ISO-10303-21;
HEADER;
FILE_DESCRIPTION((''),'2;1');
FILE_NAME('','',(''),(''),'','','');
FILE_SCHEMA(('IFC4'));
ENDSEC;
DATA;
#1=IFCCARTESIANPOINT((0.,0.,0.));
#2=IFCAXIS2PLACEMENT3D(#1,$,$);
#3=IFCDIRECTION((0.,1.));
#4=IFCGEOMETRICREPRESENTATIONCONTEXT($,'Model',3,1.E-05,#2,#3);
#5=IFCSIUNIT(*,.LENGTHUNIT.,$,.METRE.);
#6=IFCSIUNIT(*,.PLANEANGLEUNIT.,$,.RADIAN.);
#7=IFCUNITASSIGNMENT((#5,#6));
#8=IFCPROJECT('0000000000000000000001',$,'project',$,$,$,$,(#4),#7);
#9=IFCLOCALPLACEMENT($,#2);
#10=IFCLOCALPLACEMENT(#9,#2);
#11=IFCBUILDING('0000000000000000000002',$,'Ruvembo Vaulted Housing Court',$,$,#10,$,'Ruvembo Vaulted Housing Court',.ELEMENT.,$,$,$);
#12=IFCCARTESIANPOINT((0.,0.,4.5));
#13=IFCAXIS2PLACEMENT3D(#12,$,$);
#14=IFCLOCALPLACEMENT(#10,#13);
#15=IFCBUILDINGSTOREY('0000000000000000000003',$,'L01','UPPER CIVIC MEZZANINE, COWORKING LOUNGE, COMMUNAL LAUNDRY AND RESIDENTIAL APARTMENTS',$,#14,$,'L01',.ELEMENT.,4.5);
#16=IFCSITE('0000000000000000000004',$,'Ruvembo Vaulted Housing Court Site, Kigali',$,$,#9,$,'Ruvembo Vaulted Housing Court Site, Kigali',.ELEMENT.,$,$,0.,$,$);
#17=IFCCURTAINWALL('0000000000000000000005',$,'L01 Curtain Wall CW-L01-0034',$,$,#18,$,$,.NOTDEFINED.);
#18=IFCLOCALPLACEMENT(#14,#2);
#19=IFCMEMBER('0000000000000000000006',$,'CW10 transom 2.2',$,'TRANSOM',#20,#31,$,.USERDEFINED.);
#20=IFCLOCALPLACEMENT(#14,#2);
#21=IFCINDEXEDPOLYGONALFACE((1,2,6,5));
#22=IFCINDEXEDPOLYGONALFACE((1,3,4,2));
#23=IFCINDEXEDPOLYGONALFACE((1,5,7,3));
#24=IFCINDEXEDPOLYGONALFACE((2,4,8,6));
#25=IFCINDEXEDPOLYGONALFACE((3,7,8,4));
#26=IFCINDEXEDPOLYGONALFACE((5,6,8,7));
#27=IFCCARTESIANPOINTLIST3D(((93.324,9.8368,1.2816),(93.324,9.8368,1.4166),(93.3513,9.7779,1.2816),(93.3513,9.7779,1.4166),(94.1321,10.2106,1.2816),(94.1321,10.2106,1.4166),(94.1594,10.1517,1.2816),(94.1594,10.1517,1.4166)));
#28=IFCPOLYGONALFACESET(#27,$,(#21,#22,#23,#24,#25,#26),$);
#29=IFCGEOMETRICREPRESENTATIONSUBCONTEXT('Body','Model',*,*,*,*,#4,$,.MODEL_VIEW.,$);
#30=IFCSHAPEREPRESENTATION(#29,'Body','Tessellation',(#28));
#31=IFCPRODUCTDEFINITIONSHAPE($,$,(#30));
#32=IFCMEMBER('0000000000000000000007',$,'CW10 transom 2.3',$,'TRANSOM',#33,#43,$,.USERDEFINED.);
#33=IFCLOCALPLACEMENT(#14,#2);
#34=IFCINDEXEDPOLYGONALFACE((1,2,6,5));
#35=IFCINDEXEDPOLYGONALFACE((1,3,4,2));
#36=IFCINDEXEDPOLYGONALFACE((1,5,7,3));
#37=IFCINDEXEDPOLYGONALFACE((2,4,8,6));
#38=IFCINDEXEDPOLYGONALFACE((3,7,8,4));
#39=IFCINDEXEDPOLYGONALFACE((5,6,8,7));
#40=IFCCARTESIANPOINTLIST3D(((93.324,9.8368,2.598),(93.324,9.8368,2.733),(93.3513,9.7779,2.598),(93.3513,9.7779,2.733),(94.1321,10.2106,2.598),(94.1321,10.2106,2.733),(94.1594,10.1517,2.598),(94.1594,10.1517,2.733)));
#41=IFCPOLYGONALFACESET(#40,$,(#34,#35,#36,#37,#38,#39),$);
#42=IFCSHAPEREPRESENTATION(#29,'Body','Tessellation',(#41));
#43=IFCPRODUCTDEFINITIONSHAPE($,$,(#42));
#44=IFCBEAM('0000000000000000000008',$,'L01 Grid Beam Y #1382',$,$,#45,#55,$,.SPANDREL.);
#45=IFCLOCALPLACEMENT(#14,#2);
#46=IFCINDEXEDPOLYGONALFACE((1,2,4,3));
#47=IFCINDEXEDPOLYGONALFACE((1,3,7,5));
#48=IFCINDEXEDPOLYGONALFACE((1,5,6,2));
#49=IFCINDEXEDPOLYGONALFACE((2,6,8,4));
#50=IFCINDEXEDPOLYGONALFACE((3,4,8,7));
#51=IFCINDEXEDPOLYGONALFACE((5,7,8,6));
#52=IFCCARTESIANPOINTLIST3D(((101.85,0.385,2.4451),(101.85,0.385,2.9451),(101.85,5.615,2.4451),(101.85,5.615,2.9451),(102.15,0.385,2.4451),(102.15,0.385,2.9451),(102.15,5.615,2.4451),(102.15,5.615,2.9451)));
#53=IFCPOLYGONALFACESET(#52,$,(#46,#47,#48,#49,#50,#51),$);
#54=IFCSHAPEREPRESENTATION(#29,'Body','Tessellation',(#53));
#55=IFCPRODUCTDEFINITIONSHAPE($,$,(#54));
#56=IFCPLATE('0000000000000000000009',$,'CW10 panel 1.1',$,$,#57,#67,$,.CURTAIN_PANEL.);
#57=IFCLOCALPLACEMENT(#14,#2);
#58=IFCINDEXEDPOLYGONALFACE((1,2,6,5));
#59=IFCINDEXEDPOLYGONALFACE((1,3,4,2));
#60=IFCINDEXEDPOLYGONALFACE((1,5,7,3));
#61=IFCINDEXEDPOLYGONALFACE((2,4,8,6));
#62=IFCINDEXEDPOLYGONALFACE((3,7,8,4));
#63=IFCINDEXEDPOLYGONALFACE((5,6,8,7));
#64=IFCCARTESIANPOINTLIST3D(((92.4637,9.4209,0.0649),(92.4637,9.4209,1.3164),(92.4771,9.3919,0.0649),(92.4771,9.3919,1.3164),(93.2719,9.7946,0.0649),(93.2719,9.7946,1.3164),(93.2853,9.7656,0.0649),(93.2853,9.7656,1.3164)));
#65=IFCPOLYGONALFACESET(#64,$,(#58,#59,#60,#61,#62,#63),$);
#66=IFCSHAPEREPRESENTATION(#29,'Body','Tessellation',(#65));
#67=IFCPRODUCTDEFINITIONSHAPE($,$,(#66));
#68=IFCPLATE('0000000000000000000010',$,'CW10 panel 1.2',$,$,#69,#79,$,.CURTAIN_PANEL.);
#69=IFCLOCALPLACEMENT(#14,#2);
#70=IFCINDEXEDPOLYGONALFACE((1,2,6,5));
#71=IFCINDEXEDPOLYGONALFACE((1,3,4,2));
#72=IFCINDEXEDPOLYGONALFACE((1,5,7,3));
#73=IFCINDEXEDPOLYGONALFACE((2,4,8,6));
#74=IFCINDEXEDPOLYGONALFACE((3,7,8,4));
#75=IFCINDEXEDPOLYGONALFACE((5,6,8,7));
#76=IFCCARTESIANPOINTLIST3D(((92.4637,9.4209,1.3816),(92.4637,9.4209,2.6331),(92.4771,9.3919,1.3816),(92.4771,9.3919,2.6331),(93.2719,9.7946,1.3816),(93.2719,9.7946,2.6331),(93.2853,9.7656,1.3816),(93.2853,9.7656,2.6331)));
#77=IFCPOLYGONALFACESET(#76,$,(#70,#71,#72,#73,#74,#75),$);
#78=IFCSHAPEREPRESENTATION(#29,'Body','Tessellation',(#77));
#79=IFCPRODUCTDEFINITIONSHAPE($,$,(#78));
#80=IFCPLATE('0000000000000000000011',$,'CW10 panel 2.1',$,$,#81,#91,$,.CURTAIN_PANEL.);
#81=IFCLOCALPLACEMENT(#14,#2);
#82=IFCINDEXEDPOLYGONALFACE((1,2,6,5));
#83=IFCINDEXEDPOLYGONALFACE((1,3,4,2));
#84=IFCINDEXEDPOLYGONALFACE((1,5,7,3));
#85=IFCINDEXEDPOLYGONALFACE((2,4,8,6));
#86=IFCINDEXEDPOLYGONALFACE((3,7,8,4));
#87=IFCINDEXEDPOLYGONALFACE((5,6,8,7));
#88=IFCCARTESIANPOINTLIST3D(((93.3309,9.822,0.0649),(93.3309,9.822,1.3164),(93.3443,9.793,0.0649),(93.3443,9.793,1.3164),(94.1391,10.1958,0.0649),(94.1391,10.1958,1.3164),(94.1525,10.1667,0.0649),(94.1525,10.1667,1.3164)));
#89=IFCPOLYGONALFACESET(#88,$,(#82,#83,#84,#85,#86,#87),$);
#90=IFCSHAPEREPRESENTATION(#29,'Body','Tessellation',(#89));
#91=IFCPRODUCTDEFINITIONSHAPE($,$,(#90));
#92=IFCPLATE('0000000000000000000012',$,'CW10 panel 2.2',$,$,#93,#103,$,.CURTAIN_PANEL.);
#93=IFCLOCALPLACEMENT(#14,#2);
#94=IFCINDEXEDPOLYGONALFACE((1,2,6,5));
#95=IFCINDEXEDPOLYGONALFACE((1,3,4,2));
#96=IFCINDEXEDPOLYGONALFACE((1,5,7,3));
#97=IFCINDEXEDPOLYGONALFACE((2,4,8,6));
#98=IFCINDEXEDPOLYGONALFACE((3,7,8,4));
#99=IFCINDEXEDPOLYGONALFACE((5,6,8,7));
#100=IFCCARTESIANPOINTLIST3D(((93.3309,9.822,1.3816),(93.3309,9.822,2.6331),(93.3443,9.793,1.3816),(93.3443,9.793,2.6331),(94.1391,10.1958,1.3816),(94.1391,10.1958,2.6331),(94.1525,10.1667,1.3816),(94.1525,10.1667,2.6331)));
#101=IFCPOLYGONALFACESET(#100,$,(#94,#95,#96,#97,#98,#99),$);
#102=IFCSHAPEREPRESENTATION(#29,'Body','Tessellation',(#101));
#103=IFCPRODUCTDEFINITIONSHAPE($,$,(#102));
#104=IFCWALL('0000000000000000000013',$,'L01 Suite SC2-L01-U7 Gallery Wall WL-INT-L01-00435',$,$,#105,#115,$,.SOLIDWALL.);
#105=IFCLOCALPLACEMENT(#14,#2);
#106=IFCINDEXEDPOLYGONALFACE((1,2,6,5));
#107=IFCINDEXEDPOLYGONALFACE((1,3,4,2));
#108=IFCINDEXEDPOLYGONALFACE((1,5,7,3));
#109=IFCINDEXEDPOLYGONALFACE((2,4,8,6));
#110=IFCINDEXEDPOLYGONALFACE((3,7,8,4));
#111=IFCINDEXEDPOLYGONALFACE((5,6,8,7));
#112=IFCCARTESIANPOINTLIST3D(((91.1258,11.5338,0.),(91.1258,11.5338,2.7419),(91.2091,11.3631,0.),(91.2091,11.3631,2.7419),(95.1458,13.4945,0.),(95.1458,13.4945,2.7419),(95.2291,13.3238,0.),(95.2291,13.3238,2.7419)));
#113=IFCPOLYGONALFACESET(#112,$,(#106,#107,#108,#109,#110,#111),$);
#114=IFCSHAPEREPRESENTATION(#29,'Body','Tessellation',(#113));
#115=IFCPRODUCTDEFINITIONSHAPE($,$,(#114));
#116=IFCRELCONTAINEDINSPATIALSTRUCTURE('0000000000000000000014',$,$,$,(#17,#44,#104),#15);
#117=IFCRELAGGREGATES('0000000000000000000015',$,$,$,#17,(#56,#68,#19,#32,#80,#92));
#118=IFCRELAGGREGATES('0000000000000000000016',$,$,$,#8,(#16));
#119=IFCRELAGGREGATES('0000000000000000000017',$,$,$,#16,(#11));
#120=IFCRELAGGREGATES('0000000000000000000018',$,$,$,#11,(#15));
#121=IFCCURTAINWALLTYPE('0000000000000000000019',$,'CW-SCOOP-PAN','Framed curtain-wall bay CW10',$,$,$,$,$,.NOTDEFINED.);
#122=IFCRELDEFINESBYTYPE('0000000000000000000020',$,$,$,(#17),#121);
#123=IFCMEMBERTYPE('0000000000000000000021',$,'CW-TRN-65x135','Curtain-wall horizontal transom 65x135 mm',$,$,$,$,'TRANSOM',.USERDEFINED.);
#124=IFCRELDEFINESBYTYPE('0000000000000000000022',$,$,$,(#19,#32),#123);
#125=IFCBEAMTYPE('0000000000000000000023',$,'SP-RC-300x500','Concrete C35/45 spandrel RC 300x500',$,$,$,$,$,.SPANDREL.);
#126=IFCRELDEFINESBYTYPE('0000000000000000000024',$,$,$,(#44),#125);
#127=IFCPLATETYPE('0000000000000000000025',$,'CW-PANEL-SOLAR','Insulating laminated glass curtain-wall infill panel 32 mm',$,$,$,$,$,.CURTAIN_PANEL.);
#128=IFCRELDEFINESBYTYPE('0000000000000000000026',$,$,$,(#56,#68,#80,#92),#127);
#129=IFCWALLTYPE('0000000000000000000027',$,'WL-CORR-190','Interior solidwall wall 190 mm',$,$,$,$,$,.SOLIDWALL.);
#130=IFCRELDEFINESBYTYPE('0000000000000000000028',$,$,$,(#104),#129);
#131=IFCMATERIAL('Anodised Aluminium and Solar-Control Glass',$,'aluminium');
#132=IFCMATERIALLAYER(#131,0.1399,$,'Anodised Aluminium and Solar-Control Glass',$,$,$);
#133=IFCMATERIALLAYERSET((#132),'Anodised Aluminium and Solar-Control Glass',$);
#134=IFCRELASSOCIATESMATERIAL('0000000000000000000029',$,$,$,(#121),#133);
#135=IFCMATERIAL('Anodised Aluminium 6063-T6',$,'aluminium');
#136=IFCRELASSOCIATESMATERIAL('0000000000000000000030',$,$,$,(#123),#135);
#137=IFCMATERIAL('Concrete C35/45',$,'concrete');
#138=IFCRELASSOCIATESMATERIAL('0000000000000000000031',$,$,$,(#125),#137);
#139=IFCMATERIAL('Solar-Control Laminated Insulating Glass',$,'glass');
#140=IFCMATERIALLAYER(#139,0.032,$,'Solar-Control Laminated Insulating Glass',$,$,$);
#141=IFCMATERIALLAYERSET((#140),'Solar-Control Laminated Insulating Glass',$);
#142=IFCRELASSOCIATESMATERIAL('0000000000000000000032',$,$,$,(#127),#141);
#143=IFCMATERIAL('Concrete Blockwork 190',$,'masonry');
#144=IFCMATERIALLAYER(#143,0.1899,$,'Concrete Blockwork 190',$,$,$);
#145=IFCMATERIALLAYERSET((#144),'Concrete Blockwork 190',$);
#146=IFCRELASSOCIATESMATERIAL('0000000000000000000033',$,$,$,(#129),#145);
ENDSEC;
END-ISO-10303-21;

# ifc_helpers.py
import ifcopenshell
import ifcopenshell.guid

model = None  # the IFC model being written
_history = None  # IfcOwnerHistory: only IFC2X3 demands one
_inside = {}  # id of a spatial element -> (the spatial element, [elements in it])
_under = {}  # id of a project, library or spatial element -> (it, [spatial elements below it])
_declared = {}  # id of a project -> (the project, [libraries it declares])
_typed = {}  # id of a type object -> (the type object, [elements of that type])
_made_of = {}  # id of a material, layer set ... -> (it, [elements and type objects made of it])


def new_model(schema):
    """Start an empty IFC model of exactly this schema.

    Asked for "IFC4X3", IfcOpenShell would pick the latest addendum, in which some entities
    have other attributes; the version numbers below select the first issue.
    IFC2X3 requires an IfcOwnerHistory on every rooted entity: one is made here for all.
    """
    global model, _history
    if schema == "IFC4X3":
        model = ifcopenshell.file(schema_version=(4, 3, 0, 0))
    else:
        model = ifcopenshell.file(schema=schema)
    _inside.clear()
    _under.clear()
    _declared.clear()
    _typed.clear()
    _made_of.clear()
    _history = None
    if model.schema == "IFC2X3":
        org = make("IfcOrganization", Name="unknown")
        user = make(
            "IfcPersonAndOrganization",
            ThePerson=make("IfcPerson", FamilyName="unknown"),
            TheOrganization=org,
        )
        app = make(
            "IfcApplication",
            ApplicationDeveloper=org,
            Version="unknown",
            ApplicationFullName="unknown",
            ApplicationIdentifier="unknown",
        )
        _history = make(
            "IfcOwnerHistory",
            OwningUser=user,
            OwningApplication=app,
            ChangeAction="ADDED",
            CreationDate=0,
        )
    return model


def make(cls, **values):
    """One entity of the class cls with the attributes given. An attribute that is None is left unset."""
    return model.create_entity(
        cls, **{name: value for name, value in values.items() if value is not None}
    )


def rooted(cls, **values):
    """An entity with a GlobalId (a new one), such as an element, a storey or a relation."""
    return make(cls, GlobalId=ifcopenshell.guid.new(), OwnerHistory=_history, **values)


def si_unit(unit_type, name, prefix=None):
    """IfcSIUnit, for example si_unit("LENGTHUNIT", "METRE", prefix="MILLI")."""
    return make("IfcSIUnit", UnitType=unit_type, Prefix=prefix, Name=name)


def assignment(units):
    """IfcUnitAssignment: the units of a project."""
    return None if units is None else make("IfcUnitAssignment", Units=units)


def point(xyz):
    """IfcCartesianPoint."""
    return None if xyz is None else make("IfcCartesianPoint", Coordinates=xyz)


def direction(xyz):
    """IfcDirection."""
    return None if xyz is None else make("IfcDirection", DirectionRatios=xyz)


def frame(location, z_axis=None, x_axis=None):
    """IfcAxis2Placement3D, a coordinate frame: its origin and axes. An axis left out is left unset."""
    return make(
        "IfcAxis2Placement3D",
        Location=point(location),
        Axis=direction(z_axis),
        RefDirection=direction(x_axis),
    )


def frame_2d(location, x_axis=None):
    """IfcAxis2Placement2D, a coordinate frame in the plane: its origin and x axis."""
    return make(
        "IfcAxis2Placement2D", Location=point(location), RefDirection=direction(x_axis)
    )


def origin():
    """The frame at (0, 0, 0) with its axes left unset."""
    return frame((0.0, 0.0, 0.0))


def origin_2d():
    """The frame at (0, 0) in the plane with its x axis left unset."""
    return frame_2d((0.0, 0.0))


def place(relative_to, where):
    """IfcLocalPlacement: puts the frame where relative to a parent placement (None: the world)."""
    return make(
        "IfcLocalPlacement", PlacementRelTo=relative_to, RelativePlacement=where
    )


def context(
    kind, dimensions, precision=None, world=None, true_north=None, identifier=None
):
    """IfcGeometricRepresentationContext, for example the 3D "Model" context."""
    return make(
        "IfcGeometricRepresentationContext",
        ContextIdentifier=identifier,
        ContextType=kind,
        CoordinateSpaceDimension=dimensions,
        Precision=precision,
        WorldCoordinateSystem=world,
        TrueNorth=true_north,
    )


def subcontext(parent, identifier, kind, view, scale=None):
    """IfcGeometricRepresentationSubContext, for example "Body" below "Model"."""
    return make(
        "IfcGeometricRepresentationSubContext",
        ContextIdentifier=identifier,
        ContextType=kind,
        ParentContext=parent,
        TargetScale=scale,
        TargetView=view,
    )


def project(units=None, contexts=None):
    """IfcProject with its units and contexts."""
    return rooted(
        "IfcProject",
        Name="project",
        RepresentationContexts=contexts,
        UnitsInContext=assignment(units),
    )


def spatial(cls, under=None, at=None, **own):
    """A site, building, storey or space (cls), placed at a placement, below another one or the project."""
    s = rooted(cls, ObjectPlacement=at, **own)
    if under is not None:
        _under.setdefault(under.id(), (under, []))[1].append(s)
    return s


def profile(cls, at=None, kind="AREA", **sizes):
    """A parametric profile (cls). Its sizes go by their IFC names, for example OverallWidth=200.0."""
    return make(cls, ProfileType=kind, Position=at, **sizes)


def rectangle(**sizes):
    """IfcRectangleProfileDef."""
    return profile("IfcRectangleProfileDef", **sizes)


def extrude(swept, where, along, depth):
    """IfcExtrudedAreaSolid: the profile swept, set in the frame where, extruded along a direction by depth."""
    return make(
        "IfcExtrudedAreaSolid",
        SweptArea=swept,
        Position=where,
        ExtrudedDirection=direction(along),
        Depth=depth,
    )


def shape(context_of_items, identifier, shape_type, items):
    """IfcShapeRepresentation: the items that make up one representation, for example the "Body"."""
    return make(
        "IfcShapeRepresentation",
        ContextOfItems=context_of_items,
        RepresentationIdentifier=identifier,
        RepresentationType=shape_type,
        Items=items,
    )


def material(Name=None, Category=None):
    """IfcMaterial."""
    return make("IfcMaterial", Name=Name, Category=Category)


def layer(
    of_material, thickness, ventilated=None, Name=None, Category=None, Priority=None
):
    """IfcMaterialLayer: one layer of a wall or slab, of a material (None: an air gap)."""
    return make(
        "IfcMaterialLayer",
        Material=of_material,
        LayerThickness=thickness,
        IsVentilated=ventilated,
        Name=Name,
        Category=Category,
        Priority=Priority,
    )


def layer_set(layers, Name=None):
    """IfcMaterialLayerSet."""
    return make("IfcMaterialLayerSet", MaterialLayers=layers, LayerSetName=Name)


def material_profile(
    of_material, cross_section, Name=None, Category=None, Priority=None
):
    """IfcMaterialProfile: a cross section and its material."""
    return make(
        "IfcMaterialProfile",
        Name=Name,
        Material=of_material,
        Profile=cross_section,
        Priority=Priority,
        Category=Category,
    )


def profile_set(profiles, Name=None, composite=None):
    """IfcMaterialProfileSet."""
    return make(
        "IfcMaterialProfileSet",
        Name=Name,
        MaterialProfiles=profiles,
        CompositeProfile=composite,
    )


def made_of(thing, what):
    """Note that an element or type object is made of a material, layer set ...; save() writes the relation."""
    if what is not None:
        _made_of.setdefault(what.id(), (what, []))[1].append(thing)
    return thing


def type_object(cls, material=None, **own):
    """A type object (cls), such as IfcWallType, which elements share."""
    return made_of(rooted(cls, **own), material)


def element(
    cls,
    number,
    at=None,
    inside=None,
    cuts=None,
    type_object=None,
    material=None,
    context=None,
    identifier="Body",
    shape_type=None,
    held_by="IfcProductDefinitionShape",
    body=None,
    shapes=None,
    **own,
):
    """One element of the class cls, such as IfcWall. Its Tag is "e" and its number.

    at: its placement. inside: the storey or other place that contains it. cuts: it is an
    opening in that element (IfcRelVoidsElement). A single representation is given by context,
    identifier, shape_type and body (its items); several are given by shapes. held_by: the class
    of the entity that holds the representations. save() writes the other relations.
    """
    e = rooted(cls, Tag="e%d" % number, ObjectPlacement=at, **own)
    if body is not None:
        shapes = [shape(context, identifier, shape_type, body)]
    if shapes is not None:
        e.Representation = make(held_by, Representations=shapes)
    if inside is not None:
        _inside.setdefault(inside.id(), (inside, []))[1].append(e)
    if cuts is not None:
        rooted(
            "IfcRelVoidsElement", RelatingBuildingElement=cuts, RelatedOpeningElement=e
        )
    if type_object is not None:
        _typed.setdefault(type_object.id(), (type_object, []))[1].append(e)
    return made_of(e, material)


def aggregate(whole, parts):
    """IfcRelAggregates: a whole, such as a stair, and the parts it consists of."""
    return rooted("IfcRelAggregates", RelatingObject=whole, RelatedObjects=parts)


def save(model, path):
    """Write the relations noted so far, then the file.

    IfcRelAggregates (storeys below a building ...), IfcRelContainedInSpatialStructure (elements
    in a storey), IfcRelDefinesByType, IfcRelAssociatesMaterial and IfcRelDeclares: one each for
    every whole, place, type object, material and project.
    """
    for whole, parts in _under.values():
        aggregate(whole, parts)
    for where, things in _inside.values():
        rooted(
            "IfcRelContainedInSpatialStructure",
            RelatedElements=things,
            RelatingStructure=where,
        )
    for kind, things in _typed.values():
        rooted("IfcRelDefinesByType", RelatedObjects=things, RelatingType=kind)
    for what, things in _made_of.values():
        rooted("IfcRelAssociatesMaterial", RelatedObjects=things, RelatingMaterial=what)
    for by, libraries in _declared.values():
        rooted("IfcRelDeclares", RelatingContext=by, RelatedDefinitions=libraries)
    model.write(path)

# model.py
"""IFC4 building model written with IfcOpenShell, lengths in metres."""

from ifc_helpers import new_model, si_unit, direction, frame, frame_2d, origin, origin_2d, place, context, subcontext, project, spatial, rectangle, extrude, material, layer, layer_set, material_profile, profile_set, type_object, element, aggregate, save


model = new_model("IFC4")

# Units and contexts
model_context = context("Model", 3, precision=1e-05, world=origin(), true_north=direction((0.0, 1.0)))
body_context = subcontext(model_context, "Body", "Model", "MODEL_VIEW")
ifc_project = project(units=[si_unit("LENGTHUNIT", "METRE"), si_unit("PLANEANGLEUNIT", "RADIAN")], contexts=[model_context])

# Site, building, storey
site_placement = place(None, origin())
site = spatial("IfcSite", under=ifc_project, at=site_placement, Name="Ruvembo Vaulted Housing Court Site, Kigali", LongName="Ruvembo Vaulted Housing Court Site, Kigali", CompositionType="ELEMENT", RefElevation=0.0)
building_placement = place(site_placement, origin())
building = spatial("IfcBuilding", under=site, at=building_placement, Name="Ruvembo Vaulted Housing Court", LongName="Ruvembo Vaulted Housing Court", CompositionType="ELEMENT")
storey_placement = place(building_placement, frame((0.0, 0.0, 4.5)))
storey = spatial("IfcBuildingStorey", under=building, at=storey_placement, Name="L01", Description="UPPER CIVIC MEZZANINE, COWORKING LOUNGE, COMMUNAL LAUNDRY AND RESIDENTIAL APARTMENTS", LongName="L01", CompositionType="ELEMENT", Elevation=4.5)

# Curtain wall, members
ifc_material_1 = material(Name="Anodised Aluminium and Solar-Control Glass", Category="aluminium")
ifc_layer_1 = layer(ifc_material_1, 0.1399, Name="Anodised Aluminium and Solar-Control Glass")
ifc_layer_set_1 = layer_set([ifc_layer_1], Name="Anodised Aluminium and Solar-Control Glass")
curtain_wall_type = type_object("IfcCurtainWallType", Name="CW-SCOOP-PAN", Description="Framed curtain-wall bay CW10", PredefinedType="NOTDEFINED", material=ifc_layer_set_1)
curtain_wall_placement = place(storey_placement, origin())
curtain_wall = element("IfcCurtainWall", 1, at=curtain_wall_placement, inside=storey, type_object=curtain_wall_type, Name="L01 Curtain Wall CW-L01-0034", PredefinedType="NOTDEFINED")
ifc_material_2 = material(Name="Anodised Aluminium 6063-T6", Category="aluminium")
ifc_material_profile_1 = material_profile(ifc_material_2, rectangle(XDim=0.0649, YDim=0.135, at=origin_2d()), Name="ALU 65x135")
ifc_profile_set_1 = profile_set([ifc_material_profile_1], Name="Anodised Aluminium 6063-T6")
member_type_1 = type_object("IfcMemberType", Name="CW-TRN-65x135", Description="Curtain-wall horizontal transom 65x135 mm", ElementType="TRANSOM", PredefinedType="USERDEFINED", material=ifc_profile_set_1)
member_1_placement = place(storey_placement, frame((93.3376, 9.8074, 1.3491), z_axis=(0.907614, 0.419806, 0.0), x_axis=(-0.419806, 0.907614, 0.0)))
member_1 = element("IfcMember", 2, at=member_1_placement, type_object=member_type_1, Name="CW10 transom 2.2", ObjectType="TRANSOM", PredefinedType="USERDEFINED", context=body_context, shape_type="SweptSolid", body=[
    extrude(rectangle(XDim=0.0649, YDim=0.135, at=origin_2d()), origin(), (0.0, 0.0, 1.0), 0.8904),
])
member_2_placement = place(storey_placement, frame((93.3376, 9.8074, 2.6655), z_axis=(0.907614, 0.419806, 0.0), x_axis=(-0.419806, 0.907614, 0.0)))
member_2 = element("IfcMember", 3, at=member_2_placement, type_object=member_type_1, Name="CW10 transom 2.3", ObjectType="TRANSOM", PredefinedType="USERDEFINED", context=body_context, shape_type="SweptSolid", body=[
    extrude(rectangle(XDim=0.0649, YDim=0.135, at=origin_2d()), origin(), (0.0, 0.0, 1.0), 0.8904),
])

# Beam
ifc_material_3 = material(Name="Concrete C35/45", Category="concrete")
ifc_material_profile_2 = material_profile(ifc_material_3, rectangle(XDim=0.3, YDim=0.5, at=origin_2d()), Name="RC 300x500")
ifc_profile_set_2 = profile_set([ifc_material_profile_2], Name="Concrete C35/45")
beam_type_1 = type_object("IfcBeamType", Name="SP-RC-300x500", Description="Concrete C35/45 spandrel RC 300x500", PredefinedType="SPANDREL", material=ifc_profile_set_2)
beam_1_placement = place(storey_placement, frame((102.0, 0.385, 2.6951), z_axis=(0.0, 1.0, 0.0), x_axis=(-1.0, 0.0, 0.0)))
element("IfcBeam", 4, at=beam_1_placement, inside=storey, type_object=beam_type_1, Name="L01 Grid Beam Y #1382", PredefinedType="SPANDREL", context=body_context, shape_type="SweptSolid", body=[
    extrude(rectangle(XDim=0.3, YDim=0.5, at=origin_2d()), origin(), (0.0, 0.0, 1.0), 5.23),
])

# Plates
ifc_material_4 = material(Name="Solar-Control Laminated Insulating Glass", Category="glass")
ifc_layer_2 = layer(ifc_material_4, 0.032, Name="Solar-Control Laminated Insulating Glass")
ifc_layer_set_2 = layer_set([ifc_layer_2], Name="Solar-Control Laminated Insulating Glass")
plate_type = type_object("IfcPlateType", Name="CW-PANEL-SOLAR", Description="Insulating laminated glass curtain-wall infill panel 32 mm", PredefinedType="CURTAIN_PANEL", material=ifc_layer_set_2)
plate_1_placement = place(storey_placement, frame((92.8745, 9.5933, 0.0649), z_axis=(0.0, 0.0, 1.0), x_axis=(0.907645, 0.419738, 0.0)))
plate_1 = element("IfcPlate", 5, at=plate_1_placement, type_object=plate_type, Name="CW10 panel 1.1", PredefinedType="CURTAIN_PANEL", context=body_context, shape_type="SweptSolid", body=[
    extrude(rectangle(XDim=0.8904, YDim=0.032, at=origin_2d()), origin(), (0.0, 0.0, 1.0), 1.2515),
])
plate_2_placement = place(storey_placement, frame((92.8745, 9.5933, 1.3816), z_axis=(0.0, 0.0, 1.0), x_axis=(0.907645, 0.419738, 0.0)))
plate_2 = element("IfcPlate", 6, at=plate_2_placement, type_object=plate_type, Name="CW10 panel 1.2", PredefinedType="CURTAIN_PANEL", context=body_context, shape_type="SweptSolid", body=[
    extrude(rectangle(XDim=0.8904, YDim=0.032, at=origin_2d()), origin(), (0.0, 0.0, 1.0), 1.2515),
])
plate_3_placement = place(storey_placement, frame((93.7417, 9.9944, 0.0649), z_axis=(0.0, 0.0, 1.0), x_axis=(0.907645, 0.419738, 0.0)))
plate_3 = element("IfcPlate", 7, at=plate_3_placement, type_object=plate_type, Name="CW10 panel 2.1", PredefinedType="CURTAIN_PANEL", context=body_context, shape_type="SweptSolid", body=[
    extrude(rectangle(XDim=0.8904, YDim=0.032, at=origin_2d()), origin(), (0.0, 0.0, 1.0), 1.2515),
])
plate_4_placement = place(storey_placement, frame((93.7417, 9.9944, 1.3816), z_axis=(0.0, 0.0, 1.0), x_axis=(0.907645, 0.419738, 0.0)))
plate_4 = element("IfcPlate", 8, at=plate_4_placement, type_object=plate_type, Name="CW10 panel 2.2", PredefinedType="CURTAIN_PANEL", context=body_context, shape_type="SweptSolid", body=[
    extrude(rectangle(XDim=0.8904, YDim=0.032, at=origin_2d()), origin(), (0.0, 0.0, 1.0), 1.2515),
])
aggregate(curtain_wall, [plate_1, plate_2, member_1, member_2, plate_3, plate_4])

# Wall
ifc_material_5 = material(Name="Concrete Blockwork 190", Category="masonry")
ifc_layer_3 = layer(ifc_material_5, 0.1899, Name="Concrete Blockwork 190")
ifc_layer_set_3 = layer_set([ifc_layer_3], Name="Concrete Blockwork 190")
wall_type = type_object("IfcWallType", Name="WL-CORR-190", Description="Interior solidwall wall 190 mm", PredefinedType="SOLIDWALL", material=ifc_layer_set_3)
wall_placement = place(storey_placement, frame((91.1675, 11.4485, 0.0), z_axis=(0.0, 0.0, 1.0), x_axis=(0.898794, 0.438371, 0.0)))
element("IfcWall", 9, at=wall_placement, inside=storey, type_object=wall_type, Name="L01 Suite SC2-L01-U7 Gallery Wall WL-INT-L01-00435", PredefinedType="SOLIDWALL", context=body_context, shape_type="SweptSolid", body=[
    extrude(rectangle(XDim=4.4727, YDim=0.1899, at=frame_2d((2.2363, 0.0))), origin(), (0.0, 0.0, 1.0), 2.7419),
])

save(model, "model.ifc")
